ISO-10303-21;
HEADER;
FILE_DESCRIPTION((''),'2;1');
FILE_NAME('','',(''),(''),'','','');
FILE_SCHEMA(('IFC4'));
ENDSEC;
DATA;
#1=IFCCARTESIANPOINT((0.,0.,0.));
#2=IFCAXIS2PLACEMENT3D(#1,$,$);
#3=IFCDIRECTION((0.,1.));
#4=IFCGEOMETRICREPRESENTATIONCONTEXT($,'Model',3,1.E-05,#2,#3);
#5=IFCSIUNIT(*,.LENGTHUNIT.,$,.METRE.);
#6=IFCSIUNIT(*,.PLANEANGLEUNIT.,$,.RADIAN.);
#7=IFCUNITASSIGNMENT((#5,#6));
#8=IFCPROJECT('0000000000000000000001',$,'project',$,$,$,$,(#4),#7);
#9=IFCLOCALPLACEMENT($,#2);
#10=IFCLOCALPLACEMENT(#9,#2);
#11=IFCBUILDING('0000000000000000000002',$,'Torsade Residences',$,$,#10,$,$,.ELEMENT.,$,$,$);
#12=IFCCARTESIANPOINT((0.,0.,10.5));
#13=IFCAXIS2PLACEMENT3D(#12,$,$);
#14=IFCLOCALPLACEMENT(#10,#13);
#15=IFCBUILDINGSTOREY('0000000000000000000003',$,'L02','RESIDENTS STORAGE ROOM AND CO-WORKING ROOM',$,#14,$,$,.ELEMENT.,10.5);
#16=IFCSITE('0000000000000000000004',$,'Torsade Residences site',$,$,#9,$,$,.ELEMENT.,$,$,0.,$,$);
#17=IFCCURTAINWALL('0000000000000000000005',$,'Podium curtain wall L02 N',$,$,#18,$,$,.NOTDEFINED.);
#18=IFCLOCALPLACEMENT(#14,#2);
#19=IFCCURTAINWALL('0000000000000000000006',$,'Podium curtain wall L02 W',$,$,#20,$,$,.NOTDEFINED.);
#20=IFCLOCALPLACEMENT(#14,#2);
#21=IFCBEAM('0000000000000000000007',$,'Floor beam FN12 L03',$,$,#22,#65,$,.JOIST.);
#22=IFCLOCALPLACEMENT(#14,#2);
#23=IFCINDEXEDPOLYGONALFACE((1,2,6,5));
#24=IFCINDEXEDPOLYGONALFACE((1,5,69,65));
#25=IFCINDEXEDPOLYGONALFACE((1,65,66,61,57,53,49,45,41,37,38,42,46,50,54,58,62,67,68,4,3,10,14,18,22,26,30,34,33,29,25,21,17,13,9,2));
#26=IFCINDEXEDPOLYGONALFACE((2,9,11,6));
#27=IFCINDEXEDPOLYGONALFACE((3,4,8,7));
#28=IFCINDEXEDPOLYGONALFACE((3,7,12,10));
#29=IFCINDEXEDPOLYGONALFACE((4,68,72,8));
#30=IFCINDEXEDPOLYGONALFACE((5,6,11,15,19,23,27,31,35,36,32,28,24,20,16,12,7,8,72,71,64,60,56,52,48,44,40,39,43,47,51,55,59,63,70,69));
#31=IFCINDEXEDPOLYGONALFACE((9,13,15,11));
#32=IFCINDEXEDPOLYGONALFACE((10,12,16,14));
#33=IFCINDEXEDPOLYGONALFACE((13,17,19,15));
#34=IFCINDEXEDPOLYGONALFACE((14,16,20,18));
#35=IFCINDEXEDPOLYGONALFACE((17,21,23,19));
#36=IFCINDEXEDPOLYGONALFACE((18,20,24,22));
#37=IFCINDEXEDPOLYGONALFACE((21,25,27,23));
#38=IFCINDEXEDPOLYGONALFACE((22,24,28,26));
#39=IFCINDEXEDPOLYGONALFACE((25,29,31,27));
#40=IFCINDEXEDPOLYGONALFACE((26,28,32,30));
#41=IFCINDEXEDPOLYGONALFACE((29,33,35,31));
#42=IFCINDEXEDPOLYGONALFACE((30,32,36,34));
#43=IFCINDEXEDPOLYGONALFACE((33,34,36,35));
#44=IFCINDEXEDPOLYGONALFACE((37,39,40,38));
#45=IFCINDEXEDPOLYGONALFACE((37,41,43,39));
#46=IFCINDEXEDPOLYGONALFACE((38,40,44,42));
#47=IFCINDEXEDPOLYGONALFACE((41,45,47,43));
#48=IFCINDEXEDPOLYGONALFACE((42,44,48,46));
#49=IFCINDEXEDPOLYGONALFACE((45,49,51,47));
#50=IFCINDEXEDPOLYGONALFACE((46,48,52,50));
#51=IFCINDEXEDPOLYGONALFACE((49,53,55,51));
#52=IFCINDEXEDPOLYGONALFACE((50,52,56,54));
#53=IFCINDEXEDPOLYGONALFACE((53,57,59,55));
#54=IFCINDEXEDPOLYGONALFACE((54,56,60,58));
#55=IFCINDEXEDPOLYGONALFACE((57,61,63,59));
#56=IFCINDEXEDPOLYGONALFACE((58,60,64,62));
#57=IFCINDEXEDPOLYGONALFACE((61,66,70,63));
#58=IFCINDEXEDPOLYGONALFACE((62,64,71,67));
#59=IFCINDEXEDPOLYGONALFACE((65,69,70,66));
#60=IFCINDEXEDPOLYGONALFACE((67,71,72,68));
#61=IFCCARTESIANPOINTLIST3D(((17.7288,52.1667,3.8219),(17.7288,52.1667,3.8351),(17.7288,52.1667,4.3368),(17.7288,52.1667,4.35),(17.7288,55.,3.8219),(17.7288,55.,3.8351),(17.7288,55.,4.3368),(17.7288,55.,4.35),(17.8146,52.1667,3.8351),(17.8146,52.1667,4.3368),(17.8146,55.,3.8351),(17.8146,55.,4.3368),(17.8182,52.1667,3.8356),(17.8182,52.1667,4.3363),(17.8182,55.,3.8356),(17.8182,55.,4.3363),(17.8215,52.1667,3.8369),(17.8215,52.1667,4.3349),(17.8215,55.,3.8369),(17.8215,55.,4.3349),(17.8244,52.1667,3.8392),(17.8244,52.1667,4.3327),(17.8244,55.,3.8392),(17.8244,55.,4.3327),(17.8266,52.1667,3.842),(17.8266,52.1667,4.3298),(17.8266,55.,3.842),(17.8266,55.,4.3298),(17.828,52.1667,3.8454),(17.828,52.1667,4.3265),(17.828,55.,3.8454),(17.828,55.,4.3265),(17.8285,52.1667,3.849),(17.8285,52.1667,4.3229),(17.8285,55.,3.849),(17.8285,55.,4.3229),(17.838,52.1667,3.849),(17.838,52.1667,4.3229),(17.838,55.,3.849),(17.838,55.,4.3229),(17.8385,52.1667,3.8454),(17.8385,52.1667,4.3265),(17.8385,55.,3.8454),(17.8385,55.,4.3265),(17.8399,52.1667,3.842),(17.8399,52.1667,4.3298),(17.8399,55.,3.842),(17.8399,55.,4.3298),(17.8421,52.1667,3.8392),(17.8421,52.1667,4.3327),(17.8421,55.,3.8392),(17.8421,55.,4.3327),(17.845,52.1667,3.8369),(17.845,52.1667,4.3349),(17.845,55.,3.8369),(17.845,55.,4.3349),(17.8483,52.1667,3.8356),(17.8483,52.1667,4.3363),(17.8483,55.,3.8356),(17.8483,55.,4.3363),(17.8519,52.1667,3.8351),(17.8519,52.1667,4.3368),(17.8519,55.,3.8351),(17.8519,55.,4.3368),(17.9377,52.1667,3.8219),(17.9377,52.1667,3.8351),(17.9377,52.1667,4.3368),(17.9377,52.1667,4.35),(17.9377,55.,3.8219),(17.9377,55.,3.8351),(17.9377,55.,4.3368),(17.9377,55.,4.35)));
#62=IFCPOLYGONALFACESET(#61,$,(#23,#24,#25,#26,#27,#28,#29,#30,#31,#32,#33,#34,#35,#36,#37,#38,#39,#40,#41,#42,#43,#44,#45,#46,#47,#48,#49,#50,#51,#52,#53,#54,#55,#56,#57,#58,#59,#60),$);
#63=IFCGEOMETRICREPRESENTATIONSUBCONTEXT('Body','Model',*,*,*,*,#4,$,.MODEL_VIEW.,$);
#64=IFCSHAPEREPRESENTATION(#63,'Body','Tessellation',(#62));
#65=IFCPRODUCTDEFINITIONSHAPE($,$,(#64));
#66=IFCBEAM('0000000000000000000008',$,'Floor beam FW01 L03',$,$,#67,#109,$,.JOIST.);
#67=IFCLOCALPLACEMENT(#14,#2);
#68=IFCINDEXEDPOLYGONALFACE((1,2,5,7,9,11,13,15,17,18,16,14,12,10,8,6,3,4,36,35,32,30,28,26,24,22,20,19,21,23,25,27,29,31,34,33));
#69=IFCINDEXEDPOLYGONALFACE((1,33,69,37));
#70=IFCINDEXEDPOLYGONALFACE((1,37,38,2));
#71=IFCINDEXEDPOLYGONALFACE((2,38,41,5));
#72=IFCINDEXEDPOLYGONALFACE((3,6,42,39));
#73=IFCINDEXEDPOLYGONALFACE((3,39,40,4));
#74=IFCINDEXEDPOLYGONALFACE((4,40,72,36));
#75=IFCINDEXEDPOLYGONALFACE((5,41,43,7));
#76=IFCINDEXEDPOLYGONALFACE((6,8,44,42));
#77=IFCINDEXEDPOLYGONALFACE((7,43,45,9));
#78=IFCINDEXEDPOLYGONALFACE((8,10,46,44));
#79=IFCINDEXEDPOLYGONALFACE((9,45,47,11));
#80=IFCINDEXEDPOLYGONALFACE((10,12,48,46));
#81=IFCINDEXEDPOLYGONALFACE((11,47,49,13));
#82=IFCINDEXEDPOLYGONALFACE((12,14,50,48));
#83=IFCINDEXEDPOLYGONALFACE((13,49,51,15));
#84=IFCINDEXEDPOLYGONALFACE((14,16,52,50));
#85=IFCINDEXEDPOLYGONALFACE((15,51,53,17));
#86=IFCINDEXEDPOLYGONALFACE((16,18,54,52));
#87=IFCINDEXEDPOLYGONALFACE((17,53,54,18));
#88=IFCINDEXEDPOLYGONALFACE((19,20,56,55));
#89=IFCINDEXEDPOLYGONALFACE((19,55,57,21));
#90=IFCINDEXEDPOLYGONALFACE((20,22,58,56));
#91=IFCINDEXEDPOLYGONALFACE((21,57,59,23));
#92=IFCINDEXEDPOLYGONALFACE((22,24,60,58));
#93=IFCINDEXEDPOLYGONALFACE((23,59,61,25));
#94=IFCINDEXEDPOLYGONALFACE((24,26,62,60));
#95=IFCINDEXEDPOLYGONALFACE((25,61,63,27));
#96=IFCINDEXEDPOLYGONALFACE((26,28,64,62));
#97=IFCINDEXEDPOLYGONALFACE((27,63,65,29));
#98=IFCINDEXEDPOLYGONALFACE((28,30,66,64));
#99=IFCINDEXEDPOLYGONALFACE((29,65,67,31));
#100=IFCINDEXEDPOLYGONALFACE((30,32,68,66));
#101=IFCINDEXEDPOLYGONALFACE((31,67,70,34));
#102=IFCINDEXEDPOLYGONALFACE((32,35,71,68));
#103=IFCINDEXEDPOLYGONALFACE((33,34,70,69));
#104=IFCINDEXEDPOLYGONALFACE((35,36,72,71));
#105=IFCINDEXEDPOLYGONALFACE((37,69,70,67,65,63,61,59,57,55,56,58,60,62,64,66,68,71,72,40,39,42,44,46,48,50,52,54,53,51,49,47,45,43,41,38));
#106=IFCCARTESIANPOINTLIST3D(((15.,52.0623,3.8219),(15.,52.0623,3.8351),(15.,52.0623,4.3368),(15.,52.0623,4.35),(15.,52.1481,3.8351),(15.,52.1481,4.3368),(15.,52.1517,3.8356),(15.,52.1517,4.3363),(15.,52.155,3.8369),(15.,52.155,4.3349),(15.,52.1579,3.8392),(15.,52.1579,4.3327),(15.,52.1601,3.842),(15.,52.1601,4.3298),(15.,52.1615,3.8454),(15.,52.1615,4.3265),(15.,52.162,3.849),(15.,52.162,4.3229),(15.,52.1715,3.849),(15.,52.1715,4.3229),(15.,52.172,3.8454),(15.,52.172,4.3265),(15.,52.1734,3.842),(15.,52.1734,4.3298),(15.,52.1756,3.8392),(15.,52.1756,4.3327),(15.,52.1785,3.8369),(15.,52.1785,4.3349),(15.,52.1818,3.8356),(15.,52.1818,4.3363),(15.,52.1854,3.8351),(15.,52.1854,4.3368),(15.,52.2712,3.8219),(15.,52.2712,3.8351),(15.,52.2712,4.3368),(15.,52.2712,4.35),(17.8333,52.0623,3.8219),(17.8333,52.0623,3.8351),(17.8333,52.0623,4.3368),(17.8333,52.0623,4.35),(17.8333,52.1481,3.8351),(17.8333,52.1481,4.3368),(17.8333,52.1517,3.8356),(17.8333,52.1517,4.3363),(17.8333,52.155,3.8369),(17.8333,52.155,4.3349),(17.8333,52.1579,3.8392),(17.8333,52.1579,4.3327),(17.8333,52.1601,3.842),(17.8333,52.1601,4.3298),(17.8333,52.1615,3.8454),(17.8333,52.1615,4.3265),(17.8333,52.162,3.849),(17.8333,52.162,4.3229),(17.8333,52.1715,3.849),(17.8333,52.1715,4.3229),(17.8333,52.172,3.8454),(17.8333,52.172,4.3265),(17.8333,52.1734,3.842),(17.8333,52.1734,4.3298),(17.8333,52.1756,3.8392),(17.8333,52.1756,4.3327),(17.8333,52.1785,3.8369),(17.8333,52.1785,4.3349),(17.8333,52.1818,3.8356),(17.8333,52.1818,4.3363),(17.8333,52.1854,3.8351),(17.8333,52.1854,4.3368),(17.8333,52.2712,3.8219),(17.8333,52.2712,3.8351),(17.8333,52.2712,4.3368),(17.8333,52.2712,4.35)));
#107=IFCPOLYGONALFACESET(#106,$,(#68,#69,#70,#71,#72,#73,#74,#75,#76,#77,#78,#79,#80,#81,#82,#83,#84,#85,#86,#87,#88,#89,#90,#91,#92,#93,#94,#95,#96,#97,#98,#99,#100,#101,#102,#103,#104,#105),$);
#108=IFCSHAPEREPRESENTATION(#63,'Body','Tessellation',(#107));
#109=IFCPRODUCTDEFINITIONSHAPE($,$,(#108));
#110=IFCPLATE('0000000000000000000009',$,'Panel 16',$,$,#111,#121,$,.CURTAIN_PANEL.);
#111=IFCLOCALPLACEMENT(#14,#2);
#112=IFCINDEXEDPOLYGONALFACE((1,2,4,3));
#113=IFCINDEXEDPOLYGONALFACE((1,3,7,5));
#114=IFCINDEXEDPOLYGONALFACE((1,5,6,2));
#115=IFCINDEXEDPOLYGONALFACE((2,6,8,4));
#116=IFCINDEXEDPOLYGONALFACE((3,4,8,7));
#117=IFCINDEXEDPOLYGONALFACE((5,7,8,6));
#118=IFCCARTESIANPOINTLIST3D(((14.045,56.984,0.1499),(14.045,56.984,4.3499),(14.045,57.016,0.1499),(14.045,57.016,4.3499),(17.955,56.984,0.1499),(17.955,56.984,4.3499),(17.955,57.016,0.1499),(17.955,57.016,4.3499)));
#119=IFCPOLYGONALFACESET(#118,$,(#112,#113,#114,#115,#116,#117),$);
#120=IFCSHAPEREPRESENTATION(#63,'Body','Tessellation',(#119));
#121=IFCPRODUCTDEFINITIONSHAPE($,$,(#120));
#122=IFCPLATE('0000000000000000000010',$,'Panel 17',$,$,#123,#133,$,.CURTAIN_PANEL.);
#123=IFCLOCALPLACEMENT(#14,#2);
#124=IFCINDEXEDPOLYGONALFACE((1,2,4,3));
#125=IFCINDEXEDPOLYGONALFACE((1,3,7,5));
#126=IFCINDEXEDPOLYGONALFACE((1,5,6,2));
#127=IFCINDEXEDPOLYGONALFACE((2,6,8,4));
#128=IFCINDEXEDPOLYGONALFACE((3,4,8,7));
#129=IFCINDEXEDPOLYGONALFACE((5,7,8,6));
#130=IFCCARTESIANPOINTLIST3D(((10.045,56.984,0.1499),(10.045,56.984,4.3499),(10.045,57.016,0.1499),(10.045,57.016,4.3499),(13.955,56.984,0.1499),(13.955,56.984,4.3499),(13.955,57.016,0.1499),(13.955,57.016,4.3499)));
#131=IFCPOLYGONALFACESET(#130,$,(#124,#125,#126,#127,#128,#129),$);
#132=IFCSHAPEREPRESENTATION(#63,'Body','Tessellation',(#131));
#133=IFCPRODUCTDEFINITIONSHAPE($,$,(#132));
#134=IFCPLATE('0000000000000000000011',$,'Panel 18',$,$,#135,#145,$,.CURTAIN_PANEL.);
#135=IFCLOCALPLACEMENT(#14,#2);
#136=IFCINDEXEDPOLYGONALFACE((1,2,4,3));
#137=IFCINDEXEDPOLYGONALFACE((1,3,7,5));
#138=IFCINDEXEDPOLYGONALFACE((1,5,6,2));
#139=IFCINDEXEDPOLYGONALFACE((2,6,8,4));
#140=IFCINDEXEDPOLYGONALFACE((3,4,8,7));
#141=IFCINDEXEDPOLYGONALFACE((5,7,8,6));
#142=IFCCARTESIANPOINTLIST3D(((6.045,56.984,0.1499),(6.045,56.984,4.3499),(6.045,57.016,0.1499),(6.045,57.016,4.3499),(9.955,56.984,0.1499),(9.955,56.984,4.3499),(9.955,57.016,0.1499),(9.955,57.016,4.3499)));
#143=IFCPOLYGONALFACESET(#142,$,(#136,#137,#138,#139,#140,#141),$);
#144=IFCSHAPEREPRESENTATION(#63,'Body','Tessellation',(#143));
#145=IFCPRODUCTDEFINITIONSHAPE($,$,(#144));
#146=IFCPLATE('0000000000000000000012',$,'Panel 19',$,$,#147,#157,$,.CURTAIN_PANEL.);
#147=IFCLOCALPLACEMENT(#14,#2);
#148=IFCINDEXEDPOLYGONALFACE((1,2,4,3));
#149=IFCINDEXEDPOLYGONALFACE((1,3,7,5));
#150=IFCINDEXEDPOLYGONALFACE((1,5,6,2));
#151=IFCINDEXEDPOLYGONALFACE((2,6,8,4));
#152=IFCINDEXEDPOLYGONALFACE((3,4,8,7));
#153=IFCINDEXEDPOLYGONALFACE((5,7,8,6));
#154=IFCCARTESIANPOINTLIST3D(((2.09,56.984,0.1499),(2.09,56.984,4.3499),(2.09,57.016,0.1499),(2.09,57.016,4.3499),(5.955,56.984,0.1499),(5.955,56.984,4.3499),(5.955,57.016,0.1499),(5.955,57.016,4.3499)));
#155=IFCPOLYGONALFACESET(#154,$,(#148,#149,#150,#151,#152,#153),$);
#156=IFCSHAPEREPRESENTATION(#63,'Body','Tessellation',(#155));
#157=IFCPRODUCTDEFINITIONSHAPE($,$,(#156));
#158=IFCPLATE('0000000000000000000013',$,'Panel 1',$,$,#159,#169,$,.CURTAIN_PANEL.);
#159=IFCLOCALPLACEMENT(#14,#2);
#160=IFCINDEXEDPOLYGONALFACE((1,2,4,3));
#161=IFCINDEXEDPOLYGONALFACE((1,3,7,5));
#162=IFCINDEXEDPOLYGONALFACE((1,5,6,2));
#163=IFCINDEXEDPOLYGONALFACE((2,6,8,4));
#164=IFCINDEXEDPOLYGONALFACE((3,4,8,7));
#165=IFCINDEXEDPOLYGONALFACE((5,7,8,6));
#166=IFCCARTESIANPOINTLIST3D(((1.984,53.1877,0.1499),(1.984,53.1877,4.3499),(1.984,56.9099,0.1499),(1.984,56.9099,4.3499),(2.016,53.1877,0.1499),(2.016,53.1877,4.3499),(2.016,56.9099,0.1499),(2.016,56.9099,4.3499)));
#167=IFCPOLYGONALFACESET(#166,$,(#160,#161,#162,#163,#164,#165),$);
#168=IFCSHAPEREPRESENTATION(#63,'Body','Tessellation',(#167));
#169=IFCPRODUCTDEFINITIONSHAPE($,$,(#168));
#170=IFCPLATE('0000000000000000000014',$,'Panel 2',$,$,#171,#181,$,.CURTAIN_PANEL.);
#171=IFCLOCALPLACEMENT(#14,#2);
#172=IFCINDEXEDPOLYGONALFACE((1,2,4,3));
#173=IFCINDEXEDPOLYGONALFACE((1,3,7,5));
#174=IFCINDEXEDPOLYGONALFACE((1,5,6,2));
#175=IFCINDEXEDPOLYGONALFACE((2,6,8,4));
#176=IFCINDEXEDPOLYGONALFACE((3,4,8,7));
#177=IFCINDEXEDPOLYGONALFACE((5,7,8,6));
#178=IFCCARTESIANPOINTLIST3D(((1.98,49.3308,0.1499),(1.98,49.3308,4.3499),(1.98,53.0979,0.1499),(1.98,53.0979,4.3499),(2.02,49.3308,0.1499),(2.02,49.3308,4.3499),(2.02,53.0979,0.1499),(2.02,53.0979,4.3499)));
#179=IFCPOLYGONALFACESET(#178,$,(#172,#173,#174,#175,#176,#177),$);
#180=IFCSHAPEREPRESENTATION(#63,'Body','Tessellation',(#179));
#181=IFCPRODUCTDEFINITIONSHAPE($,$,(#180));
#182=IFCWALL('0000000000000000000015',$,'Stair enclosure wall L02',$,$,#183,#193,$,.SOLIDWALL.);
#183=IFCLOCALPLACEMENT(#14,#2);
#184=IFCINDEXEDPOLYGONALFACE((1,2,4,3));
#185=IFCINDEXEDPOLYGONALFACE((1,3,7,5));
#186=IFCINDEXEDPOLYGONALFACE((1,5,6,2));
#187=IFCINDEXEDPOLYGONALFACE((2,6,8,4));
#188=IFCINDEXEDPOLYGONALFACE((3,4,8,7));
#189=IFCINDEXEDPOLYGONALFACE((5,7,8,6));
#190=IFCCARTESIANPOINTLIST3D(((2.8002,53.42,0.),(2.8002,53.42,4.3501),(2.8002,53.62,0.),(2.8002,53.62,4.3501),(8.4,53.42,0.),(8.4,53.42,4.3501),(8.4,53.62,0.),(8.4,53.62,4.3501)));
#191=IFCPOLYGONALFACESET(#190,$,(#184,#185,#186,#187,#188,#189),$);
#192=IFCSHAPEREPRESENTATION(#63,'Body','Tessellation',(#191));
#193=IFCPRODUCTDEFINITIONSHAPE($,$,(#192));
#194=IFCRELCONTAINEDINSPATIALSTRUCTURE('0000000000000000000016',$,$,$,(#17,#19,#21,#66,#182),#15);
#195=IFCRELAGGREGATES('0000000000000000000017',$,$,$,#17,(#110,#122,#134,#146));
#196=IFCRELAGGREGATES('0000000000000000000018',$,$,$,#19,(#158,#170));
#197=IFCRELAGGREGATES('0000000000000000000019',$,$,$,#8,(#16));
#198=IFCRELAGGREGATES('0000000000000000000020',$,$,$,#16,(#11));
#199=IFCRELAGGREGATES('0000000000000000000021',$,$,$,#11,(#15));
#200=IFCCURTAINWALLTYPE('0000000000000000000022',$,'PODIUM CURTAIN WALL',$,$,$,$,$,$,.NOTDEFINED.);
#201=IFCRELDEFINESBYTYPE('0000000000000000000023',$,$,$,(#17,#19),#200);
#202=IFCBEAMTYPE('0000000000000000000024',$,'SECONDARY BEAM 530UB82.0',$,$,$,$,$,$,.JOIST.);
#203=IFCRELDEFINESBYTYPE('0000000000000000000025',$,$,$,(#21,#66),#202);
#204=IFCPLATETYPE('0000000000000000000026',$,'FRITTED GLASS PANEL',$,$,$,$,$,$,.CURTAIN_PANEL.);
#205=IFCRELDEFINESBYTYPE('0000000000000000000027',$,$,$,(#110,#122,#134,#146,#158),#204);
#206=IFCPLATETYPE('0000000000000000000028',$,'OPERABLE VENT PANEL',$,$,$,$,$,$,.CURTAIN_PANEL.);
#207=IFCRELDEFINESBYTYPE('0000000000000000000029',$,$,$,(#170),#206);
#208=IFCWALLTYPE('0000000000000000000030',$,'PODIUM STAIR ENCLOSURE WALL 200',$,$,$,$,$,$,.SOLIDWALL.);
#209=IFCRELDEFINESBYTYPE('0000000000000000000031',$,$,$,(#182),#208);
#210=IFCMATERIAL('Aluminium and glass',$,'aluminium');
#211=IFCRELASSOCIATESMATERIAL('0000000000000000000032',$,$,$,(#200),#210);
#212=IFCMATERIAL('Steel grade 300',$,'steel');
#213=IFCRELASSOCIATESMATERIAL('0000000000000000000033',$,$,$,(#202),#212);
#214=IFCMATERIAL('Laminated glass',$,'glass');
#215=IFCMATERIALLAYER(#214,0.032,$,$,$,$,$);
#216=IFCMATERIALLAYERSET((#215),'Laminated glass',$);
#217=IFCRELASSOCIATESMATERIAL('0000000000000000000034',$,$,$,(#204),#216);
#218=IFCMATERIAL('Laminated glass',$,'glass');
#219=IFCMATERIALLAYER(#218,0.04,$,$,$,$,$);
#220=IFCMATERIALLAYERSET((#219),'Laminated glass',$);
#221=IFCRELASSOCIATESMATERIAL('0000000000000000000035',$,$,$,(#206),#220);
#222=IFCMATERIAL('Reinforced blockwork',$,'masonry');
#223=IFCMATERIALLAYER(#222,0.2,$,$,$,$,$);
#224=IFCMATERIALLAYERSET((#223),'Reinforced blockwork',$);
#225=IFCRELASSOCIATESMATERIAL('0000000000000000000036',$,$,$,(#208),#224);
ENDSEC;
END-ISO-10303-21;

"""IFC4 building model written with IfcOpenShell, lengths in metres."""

from ifc_helpers import new_model, si_unit, direction, frame, frame_2d, origin, origin_2d, place, context, subcontext, project, spatial, rectangle, i_section, extrude, material, layer, layer_set, material_profile, profile_set, type_object, element, aggregate, save


model = new_model("IFC4")

# Units and contexts
model_context = context("Model", 3, precision=1e-05, world=origin(), true_north=direction((0.0, 1.0)))
body_context = subcontext(model_context, "Body", "Model", "MODEL_VIEW")
ifc_project = project(units=[si_unit("LENGTHUNIT", "METRE"), si_unit("PLANEANGLEUNIT", "RADIAN")], contexts=[model_context])

# Site, building, storey
site_placement = place(None, origin())
site = spatial("IfcSite", under=ifc_project, at=site_placement, Name="Torsade Residences site", CompositionType="ELEMENT", RefElevation=0.0)
building_placement = place(site_placement, origin())
building = spatial("IfcBuilding", under=site, at=building_placement, Name="Torsade Residences", CompositionType="ELEMENT")
storey_placement = place(building_placement, frame((0.0, 0.0, 10.5)))
storey = spatial("IfcBuildingStorey", under=building, at=storey_placement, Name="L02", Description="RESIDENTS STORAGE ROOM AND CO-WORKING ROOM", CompositionType="ELEMENT", Elevation=10.5)

# Curtain walls
ifc_material_1 = material(Name="Aluminium and glass", Category="aluminium")
curtain_wall_type = type_object("IfcCurtainWallType", Name="PODIUM CURTAIN WALL", PredefinedType="NOTDEFINED", material=ifc_material_1)
curtain_wall_1_placement = place(storey_placement, origin())
curtain_wall_1 = element("IfcCurtainWall", 1, at=curtain_wall_1_placement, inside=storey, type_object=curtain_wall_type, Name="Podium curtain wall L02 N", PredefinedType="NOTDEFINED")
curtain_wall_2_placement = place(storey_placement, origin())
curtain_wall_2 = element("IfcCurtainWall", 2, at=curtain_wall_2_placement, inside=storey, type_object=curtain_wall_type, Name="Podium curtain wall L02 W", PredefinedType="NOTDEFINED")

# Beams
ifc_material_2 = material(Name="Steel grade 300", Category="steel")
ifc_material_profile_1 = material_profile(ifc_material_2, i_section(OverallWidth=0.209, OverallDepth=0.5281, WebThickness=0.0095, FlangeThickness=0.0132, FilletRadius=0.0139, at=origin_2d()), Name="530UB82.0")
ifc_profile_set_1 = profile_set([ifc_material_profile_1], Name="Steel grade 300")
beam_type_1 = type_object("IfcBeamType", Name="SECONDARY BEAM 530UB82.0", PredefinedType="JOIST", material=ifc_profile_set_1)
for number, where, z_axis, x_axis, name in (
    (3, (17.8333, 55.0, 4.0859), (0.0, -1.0, 0.0), (1.0, 0.0, 0.0), "Floor beam FN12 L03"),
    (4, (15.0, 52.1667, 4.0859), (1.0, 0.0, 0.0), (0.0, 1.0, 0.0), "Floor beam FW01 L03"),
):
    element("IfcBeam", number, at=place(storey_placement, frame(where, z_axis=z_axis, x_axis=x_axis)), inside=storey, type_object=beam_type_1, Name=name, PredefinedType="JOIST", context=body_context, shape_type="SweptSolid", body=[
        extrude(i_section(OverallWidth=0.209, OverallDepth=0.5281, WebThickness=0.0095, FlangeThickness=0.0132, FilletRadius=0.0139, at=origin_2d()), origin(), (0.0, 0.0, 1.0), 2.8333),
    ])

# Plates
ifc_material_3 = material(Name="Laminated glass", Category="glass")
ifc_layer_1 = layer(ifc_material_3, 0.032)
ifc_layer_set_1 = layer_set([ifc_layer_1], Name="Laminated glass")
plate_type_1 = type_object("IfcPlateType", Name="FRITTED GLASS PANEL", PredefinedType="CURTAIN_PANEL", material=ifc_layer_set_1)
plate_1_placement = place(storey_placement, frame((16.0, 57.0, 0.1499), z_axis=(0.0, 0.0, 1.0), x_axis=(-1.0, 0.0, 0.0)))
plate_1 = element("IfcPlate", 5, at=plate_1_placement, type_object=plate_type_1, Name="Panel 16", PredefinedType="CURTAIN_PANEL", context=body_context, shape_type="SweptSolid", body=[
    extrude(rectangle(XDim=3.9099, YDim=0.032, at=origin_2d()), origin(), (0.0, 0.0, 1.0), 4.2),
])
plate_2_placement = place(storey_placement, frame((12.0, 57.0, 0.1499), z_axis=(0.0, 0.0, 1.0), x_axis=(-1.0, 0.0, 0.0)))
plate_2 = element("IfcPlate", 6, at=plate_2_placement, type_object=plate_type_1, Name="Panel 17", PredefinedType="CURTAIN_PANEL", context=body_context, shape_type="SweptSolid", body=[
    extrude(rectangle(XDim=3.9099, YDim=0.032, at=origin_2d()), origin(), (0.0, 0.0, 1.0), 4.2),
])
plate_3_placement = place(storey_placement, frame((8.0, 57.0, 0.1499), z_axis=(0.0, 0.0, 1.0), x_axis=(-1.0, 0.0, 0.0)))
plate_3 = element("IfcPlate", 7, at=plate_3_placement, type_object=plate_type_1, Name="Panel 18", PredefinedType="CURTAIN_PANEL", context=body_context, shape_type="SweptSolid", body=[
    extrude(rectangle(XDim=3.9099, YDim=0.032, at=origin_2d()), origin(), (0.0, 0.0, 1.0), 4.2),
])
plate_4_placement = place(storey_placement, frame((4.0225, 57.0, 0.1499), z_axis=(0.0, 0.0, 1.0), x_axis=(-1.0, 0.0, 0.0)))
plate_4 = element("IfcPlate", 8, at=plate_4_placement, type_object=plate_type_1, Name="Panel 19", PredefinedType="CURTAIN_PANEL", context=body_context, shape_type="SweptSolid", body=[
    extrude(rectangle(XDim=3.865, YDim=0.032, at=origin_2d()), origin(), (0.0, 0.0, 1.0), 4.2),
])
aggregate(curtain_wall_1, [plate_1, plate_2, plate_3, plate_4])
plate_5_placement = place(storey_placement, frame((2.0, 55.0488, 0.1499), z_axis=(0.0, 0.0, 1.0), x_axis=(0.0, -1.0, 0.0)))
plate_5 = element("IfcPlate", 9, at=plate_5_placement, type_object=plate_type_1, Name="Panel 1", PredefinedType="CURTAIN_PANEL", context=body_context, shape_type="SweptSolid", body=[
    extrude(rectangle(XDim=3.7222, YDim=0.032, at=origin_2d()), origin(), (0.0, 0.0, 1.0), 4.2),
])
ifc_material_4 = material(Name="Laminated glass", Category="glass")
ifc_layer_2 = layer(ifc_material_4, 0.04)
ifc_layer_set_2 = layer_set([ifc_layer_2], Name="Laminated glass")
plate_type_2 = type_object("IfcPlateType", Name="OPERABLE VENT PANEL", PredefinedType="CURTAIN_PANEL", material=ifc_layer_set_2)
plate_6_placement = place(storey_placement, frame((2.0, 51.2144, 0.1499), z_axis=(0.0, 0.0, 1.0), x_axis=(0.0, -1.0, 0.0)))
plate_6 = element("IfcPlate", 10, at=plate_6_placement, type_object=plate_type_2, Name="Panel 2", PredefinedType="CURTAIN_PANEL", context=body_context, shape_type="SweptSolid", body=[
    extrude(rectangle(XDim=3.7671, YDim=0.04, at=origin_2d()), origin(), (0.0, 0.0, 1.0), 4.2),
])
aggregate(curtain_wall_2, [plate_5, plate_6])

# Wall
ifc_material_5 = material(Name="Reinforced blockwork", Category="masonry")
ifc_layer_3 = layer(ifc_material_5, 0.2)
ifc_layer_set_3 = layer_set([ifc_layer_3], Name="Reinforced blockwork")
wall_type = type_object("IfcWallType", Name="PODIUM STAIR ENCLOSURE WALL 200", PredefinedType="SOLIDWALL", material=ifc_layer_set_3)
wall_1_placement = place(storey_placement, frame((8.3999, 53.52, 0.0), z_axis=(0.0, 0.0, 1.0), x_axis=(-1.0, 0.0, 0.0)))
element("IfcWall", 11, at=wall_1_placement, inside=storey, type_object=wall_type, Name="Stair enclosure wall L02", PredefinedType="SOLIDWALL", context=body_context, shape_type="SweptSolid", body=[
    extrude(rectangle(XDim=5.5999, YDim=0.2, at=frame_2d((2.7998, 0.0))), origin(), (0.0, 0.0, 1.0), 4.3501),
])

save(model, "model.ifc")
